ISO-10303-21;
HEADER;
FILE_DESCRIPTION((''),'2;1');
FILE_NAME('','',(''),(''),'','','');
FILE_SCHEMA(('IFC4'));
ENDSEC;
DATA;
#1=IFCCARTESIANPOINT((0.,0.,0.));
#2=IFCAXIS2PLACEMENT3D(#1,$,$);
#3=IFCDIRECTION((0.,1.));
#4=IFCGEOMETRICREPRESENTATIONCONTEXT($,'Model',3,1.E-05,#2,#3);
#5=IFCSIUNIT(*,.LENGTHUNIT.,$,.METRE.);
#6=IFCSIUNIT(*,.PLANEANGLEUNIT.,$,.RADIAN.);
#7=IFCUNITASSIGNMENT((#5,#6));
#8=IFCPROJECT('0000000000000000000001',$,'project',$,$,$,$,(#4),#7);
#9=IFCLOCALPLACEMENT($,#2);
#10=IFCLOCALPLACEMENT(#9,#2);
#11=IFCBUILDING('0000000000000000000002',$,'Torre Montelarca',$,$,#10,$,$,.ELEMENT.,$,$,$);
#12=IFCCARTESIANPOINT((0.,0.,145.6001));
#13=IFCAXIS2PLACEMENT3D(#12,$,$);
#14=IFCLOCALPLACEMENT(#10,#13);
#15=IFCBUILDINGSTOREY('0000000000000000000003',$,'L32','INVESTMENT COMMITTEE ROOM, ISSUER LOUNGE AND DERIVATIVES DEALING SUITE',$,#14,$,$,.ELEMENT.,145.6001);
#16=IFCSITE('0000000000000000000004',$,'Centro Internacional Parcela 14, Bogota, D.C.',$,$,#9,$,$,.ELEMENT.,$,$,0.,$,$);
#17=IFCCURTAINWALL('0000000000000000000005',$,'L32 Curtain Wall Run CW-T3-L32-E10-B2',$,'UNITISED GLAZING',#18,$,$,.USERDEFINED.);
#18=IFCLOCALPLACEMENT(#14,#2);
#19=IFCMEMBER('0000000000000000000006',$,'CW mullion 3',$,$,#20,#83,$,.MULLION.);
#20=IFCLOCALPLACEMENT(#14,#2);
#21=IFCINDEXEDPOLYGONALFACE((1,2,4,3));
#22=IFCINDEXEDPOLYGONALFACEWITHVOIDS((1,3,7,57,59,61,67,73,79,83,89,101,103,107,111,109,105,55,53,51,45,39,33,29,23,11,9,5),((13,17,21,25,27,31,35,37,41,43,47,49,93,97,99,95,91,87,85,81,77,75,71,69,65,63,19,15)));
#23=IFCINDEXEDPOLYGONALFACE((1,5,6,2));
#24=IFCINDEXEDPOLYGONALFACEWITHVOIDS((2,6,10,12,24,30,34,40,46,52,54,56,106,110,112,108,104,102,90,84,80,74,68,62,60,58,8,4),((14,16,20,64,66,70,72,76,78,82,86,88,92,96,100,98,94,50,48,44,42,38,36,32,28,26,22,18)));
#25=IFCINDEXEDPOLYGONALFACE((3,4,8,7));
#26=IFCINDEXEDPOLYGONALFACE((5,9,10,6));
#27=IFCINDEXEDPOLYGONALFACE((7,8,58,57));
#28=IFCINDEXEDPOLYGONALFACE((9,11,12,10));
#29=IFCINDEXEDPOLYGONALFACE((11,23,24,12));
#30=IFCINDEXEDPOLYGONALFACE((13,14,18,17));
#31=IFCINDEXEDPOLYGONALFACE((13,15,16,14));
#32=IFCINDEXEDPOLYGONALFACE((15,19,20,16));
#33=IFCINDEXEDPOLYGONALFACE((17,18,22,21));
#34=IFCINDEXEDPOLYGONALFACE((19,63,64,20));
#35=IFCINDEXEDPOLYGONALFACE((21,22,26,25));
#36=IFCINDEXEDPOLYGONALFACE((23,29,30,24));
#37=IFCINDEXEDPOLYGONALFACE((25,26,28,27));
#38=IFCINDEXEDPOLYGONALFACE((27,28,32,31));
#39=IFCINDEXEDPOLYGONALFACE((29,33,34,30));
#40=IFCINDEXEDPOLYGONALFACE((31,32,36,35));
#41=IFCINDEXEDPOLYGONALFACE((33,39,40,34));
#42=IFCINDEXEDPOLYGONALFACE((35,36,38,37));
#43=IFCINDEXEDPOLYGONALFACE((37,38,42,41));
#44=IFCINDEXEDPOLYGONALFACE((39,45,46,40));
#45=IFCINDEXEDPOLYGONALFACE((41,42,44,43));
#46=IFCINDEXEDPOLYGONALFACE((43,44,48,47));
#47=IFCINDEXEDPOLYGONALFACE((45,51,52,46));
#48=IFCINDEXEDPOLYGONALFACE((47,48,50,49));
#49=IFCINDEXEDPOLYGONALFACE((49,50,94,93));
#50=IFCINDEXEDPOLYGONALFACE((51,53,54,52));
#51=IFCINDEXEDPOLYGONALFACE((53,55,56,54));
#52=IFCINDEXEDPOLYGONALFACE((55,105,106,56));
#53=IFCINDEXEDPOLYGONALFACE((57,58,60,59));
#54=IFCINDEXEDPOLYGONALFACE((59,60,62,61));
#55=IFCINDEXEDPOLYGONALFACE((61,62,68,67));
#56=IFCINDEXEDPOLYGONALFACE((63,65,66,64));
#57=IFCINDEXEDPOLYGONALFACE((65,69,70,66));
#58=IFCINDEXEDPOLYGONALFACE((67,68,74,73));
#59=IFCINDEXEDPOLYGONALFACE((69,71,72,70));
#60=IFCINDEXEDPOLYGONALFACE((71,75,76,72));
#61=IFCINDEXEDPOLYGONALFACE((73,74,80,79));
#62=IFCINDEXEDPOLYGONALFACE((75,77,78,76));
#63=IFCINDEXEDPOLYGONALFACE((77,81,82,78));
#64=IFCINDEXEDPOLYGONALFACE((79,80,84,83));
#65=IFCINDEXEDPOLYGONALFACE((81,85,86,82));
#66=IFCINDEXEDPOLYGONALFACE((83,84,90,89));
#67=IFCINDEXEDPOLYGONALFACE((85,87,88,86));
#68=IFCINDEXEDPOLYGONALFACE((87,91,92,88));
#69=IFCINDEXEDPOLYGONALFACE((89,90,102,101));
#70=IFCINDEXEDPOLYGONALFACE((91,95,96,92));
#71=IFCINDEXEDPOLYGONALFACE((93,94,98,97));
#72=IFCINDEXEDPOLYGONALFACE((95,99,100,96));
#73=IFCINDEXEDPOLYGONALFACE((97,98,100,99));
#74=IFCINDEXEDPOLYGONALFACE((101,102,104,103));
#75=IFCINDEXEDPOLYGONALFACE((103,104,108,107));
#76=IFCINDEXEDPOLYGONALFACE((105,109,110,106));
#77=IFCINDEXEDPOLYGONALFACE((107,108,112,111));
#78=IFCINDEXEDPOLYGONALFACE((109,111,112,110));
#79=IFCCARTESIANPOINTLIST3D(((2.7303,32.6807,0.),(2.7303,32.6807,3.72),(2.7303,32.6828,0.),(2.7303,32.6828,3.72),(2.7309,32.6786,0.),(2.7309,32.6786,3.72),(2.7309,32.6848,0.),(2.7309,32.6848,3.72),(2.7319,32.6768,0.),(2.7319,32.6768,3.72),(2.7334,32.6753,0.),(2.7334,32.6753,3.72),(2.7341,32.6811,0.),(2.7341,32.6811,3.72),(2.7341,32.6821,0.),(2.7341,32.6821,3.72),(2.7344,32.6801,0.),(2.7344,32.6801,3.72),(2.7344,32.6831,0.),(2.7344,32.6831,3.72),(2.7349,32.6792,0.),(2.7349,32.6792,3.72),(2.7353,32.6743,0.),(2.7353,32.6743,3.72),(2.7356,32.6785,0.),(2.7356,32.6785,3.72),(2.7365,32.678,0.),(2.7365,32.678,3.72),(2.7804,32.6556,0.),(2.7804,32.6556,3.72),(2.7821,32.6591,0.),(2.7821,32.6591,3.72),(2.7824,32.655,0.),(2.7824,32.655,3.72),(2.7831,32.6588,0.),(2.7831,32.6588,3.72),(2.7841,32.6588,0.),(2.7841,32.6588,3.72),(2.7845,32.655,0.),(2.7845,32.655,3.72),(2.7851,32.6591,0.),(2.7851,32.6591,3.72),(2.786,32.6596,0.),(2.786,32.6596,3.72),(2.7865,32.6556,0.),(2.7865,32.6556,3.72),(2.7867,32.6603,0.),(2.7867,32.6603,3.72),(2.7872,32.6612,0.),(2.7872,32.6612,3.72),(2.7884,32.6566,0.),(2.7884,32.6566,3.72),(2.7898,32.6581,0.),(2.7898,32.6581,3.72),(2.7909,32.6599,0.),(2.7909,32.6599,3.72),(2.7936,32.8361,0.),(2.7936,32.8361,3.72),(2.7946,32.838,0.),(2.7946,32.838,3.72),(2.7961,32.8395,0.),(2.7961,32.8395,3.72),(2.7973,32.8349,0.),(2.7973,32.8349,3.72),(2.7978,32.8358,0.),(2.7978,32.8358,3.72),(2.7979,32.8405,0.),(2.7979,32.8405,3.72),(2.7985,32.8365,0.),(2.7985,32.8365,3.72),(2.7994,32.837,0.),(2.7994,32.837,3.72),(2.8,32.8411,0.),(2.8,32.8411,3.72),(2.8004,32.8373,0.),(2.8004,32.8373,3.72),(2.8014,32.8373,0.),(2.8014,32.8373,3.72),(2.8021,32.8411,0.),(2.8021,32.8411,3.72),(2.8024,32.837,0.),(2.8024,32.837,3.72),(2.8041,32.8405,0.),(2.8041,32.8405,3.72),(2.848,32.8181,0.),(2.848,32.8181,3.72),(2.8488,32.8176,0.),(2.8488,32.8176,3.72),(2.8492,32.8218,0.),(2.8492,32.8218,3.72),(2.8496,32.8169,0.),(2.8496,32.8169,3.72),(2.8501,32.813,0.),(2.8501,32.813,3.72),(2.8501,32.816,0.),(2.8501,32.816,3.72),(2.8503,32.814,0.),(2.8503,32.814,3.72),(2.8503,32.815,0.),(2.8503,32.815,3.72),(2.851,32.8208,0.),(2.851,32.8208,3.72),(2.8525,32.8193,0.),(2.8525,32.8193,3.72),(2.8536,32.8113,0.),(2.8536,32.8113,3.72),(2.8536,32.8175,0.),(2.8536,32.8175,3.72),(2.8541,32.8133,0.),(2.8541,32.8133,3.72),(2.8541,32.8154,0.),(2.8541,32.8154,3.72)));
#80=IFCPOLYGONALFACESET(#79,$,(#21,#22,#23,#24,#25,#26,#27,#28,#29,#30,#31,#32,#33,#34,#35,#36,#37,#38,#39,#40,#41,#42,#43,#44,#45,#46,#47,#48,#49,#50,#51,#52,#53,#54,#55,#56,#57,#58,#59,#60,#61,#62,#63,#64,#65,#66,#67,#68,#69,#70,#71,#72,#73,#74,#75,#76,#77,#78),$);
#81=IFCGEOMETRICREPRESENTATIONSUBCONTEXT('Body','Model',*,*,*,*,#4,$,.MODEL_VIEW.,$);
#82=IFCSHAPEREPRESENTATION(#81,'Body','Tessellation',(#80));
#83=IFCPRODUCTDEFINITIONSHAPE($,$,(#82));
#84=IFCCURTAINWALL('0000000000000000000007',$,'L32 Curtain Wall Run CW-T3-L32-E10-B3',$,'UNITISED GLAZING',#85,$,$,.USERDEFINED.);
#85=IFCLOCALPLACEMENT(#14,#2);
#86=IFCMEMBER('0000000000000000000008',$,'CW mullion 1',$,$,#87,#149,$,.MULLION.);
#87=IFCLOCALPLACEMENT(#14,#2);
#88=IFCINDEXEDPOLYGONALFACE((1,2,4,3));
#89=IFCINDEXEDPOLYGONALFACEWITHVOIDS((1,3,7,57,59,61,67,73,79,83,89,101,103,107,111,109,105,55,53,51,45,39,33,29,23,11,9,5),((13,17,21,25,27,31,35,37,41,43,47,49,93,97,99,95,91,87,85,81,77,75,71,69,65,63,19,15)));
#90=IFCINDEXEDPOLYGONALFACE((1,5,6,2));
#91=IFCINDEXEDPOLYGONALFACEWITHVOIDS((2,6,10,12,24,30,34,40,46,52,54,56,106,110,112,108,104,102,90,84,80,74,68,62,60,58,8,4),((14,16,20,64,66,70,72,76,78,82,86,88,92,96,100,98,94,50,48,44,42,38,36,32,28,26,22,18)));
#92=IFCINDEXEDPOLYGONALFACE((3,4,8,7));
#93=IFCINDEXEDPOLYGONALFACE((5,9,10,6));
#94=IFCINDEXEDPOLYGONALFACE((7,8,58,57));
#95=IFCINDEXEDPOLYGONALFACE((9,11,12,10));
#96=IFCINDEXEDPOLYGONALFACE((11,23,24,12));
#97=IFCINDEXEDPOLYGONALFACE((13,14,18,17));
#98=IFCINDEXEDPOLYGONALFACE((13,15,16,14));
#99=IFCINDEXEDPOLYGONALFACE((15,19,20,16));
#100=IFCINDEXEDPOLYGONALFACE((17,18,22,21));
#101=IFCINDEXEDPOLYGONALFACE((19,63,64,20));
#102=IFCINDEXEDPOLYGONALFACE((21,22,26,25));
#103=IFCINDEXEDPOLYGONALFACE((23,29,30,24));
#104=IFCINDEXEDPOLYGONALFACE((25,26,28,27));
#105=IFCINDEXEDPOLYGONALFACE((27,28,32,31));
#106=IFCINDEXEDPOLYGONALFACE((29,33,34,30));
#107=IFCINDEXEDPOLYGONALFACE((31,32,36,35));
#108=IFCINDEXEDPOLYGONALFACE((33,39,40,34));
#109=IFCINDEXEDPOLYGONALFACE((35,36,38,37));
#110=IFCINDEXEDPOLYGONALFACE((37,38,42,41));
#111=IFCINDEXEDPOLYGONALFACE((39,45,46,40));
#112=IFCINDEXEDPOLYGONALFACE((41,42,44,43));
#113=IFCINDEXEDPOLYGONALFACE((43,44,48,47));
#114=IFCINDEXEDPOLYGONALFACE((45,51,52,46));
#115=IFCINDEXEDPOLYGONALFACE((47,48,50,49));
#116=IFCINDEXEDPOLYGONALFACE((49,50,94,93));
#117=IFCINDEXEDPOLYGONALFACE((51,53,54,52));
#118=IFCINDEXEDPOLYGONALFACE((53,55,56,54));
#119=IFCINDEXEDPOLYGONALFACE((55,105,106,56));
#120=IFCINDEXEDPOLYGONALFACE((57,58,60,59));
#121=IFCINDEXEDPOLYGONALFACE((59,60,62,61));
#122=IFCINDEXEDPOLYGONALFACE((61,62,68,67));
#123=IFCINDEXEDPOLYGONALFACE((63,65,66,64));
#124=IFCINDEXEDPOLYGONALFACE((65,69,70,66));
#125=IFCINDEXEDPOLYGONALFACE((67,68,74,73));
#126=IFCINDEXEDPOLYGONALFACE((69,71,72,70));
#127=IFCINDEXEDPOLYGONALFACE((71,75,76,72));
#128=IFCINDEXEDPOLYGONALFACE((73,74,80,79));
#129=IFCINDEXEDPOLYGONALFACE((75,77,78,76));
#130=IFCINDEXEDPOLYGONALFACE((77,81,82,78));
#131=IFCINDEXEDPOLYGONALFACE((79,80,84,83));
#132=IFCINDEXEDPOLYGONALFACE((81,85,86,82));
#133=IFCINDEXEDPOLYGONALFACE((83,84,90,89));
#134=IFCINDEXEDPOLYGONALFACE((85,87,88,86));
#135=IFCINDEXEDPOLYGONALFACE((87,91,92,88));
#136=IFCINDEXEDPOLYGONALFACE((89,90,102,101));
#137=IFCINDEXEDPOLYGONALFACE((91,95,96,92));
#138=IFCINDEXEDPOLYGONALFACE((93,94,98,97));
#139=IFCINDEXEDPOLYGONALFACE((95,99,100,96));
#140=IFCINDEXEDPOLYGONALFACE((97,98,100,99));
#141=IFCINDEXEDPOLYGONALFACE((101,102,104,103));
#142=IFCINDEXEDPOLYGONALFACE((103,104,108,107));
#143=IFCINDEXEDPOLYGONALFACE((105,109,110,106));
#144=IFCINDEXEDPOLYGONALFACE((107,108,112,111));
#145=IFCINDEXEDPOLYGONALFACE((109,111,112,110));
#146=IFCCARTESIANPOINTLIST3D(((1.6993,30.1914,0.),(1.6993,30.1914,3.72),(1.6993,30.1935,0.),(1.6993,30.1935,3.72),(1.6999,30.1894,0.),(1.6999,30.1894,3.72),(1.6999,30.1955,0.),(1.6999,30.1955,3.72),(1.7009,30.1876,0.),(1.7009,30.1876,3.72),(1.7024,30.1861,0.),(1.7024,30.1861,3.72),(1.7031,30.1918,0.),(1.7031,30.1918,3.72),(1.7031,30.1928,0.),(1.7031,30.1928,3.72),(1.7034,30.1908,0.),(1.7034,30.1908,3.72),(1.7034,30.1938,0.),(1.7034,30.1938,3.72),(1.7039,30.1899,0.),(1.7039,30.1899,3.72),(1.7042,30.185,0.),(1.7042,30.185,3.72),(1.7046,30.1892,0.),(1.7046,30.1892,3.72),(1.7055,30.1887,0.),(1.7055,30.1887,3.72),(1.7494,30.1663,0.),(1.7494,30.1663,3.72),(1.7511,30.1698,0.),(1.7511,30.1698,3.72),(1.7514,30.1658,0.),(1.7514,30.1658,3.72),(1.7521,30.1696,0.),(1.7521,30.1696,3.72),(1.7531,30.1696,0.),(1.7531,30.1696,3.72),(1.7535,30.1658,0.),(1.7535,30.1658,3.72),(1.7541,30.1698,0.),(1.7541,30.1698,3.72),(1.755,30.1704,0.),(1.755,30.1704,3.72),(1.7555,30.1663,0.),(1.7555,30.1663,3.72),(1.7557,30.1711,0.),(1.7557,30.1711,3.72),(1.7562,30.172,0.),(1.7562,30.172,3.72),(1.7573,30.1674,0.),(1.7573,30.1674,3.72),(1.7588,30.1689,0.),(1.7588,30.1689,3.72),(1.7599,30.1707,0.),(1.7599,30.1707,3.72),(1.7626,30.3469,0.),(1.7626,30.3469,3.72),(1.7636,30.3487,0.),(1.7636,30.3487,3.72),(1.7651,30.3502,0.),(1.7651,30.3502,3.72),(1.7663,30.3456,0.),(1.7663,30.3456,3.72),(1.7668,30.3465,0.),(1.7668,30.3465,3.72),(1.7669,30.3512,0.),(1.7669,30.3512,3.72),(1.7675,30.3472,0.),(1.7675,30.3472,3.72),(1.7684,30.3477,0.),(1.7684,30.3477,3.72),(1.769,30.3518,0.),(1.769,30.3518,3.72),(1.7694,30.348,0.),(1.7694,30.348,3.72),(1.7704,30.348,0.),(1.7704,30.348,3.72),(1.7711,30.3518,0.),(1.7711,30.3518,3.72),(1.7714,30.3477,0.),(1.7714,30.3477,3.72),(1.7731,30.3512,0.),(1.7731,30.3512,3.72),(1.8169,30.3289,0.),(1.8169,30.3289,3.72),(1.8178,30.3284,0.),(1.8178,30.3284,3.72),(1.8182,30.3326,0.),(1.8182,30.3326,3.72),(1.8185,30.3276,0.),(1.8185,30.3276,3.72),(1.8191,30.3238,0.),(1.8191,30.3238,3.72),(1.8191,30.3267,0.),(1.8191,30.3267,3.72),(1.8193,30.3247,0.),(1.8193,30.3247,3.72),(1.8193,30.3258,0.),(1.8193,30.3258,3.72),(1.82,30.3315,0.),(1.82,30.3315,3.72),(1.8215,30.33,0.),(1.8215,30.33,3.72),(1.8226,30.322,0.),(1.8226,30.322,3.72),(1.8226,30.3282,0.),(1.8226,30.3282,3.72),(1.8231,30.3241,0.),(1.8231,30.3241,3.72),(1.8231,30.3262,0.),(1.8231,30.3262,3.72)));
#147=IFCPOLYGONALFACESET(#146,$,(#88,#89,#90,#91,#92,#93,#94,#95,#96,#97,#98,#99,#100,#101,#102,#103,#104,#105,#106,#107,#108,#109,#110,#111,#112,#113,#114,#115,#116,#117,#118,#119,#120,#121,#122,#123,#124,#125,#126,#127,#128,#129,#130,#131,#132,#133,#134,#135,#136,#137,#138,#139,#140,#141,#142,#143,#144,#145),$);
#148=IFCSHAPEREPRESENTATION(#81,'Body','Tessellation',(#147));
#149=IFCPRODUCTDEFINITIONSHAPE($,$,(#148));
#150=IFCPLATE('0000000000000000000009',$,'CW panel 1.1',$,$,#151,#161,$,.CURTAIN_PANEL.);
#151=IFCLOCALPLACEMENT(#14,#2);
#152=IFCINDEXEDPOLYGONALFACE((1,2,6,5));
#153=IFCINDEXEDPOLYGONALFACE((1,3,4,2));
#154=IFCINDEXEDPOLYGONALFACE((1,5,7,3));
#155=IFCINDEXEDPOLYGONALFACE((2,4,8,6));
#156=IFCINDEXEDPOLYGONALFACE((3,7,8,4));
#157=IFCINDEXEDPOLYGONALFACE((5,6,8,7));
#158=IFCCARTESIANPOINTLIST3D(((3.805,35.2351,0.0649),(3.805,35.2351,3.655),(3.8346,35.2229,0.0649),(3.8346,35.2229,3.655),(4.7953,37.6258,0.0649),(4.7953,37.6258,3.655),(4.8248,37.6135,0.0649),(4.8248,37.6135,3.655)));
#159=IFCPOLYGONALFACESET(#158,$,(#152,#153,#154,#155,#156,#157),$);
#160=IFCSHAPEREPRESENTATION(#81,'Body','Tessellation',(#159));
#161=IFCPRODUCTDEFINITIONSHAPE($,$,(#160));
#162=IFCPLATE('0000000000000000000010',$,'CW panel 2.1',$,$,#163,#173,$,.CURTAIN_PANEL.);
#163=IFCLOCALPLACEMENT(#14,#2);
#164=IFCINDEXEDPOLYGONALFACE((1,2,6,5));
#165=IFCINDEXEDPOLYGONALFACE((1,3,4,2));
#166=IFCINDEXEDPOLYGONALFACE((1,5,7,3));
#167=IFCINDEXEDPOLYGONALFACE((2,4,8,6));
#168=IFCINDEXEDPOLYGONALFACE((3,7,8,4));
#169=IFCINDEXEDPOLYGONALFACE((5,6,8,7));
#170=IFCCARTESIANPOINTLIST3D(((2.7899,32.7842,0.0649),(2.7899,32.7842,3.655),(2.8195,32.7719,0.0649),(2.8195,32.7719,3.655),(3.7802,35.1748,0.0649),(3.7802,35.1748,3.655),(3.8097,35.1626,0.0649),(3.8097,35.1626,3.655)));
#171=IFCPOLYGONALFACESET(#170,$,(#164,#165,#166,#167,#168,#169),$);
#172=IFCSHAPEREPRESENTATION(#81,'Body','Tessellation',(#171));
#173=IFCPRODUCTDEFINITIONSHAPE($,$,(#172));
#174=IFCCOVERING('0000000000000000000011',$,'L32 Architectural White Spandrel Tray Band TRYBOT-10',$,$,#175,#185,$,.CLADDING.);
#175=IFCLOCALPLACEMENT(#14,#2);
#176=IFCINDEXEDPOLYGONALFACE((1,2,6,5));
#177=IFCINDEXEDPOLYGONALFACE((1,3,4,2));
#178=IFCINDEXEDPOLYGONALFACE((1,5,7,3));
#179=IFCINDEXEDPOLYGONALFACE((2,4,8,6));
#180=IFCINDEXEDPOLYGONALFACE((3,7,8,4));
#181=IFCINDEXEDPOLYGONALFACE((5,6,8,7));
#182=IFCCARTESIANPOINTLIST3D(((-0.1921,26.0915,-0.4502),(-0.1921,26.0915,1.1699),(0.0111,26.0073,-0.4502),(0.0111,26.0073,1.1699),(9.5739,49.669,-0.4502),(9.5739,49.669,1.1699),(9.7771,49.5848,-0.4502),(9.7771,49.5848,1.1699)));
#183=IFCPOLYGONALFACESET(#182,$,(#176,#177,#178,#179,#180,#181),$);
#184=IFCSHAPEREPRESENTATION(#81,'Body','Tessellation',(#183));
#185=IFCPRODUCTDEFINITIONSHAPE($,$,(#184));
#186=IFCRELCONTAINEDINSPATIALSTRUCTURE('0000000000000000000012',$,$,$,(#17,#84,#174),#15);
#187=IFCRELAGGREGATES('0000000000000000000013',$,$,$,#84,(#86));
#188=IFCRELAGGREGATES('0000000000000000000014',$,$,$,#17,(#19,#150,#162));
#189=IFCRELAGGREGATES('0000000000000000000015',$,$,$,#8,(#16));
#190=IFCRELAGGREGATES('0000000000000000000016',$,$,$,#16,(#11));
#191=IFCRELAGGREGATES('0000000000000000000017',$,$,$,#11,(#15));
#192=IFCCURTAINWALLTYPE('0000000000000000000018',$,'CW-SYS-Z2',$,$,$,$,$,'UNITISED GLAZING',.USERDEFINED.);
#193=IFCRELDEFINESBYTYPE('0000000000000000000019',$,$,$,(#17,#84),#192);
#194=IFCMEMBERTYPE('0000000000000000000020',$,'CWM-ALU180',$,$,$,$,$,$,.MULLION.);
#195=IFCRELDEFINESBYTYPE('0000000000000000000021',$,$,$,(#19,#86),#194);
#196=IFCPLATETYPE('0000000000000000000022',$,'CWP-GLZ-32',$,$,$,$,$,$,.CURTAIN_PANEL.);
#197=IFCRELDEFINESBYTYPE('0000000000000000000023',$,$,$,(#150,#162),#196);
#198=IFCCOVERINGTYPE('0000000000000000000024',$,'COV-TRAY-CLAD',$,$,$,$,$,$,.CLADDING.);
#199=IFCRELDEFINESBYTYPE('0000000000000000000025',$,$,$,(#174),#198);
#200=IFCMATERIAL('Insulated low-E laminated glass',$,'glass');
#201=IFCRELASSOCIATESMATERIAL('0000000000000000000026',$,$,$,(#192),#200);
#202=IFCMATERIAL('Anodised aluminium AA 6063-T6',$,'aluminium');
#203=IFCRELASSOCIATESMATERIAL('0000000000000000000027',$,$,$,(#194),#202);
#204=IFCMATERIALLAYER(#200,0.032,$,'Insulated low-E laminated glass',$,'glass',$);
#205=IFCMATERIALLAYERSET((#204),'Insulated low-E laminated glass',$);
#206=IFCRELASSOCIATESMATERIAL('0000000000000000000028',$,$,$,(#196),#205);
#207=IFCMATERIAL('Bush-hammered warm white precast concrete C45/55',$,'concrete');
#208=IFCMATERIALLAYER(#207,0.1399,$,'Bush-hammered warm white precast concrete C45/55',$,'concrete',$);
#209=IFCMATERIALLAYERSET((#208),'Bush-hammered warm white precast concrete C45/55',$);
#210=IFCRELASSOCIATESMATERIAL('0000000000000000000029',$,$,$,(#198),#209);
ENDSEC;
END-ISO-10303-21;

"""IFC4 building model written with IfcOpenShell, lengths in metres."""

from ifc_helpers import new_model, si_unit, direction, frame, origin, origin_2d, place, context, subcontext, project, spatial, rectangle, hollow_rectangle, extrude, source, transform, mapped, material, layer, layer_set, material_profile, profile_set, type_object, element, aggregate, save


model = new_model("IFC4")

# Units and contexts
model_context = context("Model", 3, precision=1e-05, world=origin(), true_north=direction((0.0, 1.0)))
body_context = subcontext(model_context, "Body", "Model", "MODEL_VIEW")
ifc_project = project(units=[si_unit("LENGTHUNIT", "METRE"), si_unit("PLANEANGLEUNIT", "RADIAN")], contexts=[model_context])

# Site, building, storey
site_placement = place(None, origin())
site = spatial("IfcSite", under=ifc_project, at=site_placement, Name="Centro Internacional Parcela 14, Bogota, D.C.", CompositionType="ELEMENT", RefElevation=0.0)
building_placement = place(site_placement, origin())
building = spatial("IfcBuilding", under=site, at=building_placement, Name="Torre Montelarca", CompositionType="ELEMENT")
storey_placement = place(building_placement, frame((0.0, 0.0, 145.6001)))
storey = spatial("IfcBuildingStorey", under=building, at=storey_placement, Name="L32", Description="INVESTMENT COMMITTEE ROOM, ISSUER LOUNGE AND DERIVATIVES DEALING SUITE", CompositionType="ELEMENT", Elevation=145.6001)

# Curtain wall, member
ifc_material_1 = material(Name="Insulated low-E laminated glass", Category="glass")
curtain_wall_type = type_object("IfcCurtainWallType", Name="CW-SYS-Z2", ElementType="UNITISED GLAZING", PredefinedType="USERDEFINED", material=ifc_material_1)
curtain_wall_1_placement = place(storey_placement, origin())
curtain_wall_1 = element("IfcCurtainWall", 1, at=curtain_wall_1_placement, inside=storey, type_object=curtain_wall_type, Name="L32 Curtain Wall Run CW-T3-L32-E10-B2", ObjectType="UNITISED GLAZING", PredefinedType="USERDEFINED")
ifc_material_2 = material(Name="Anodised aluminium AA 6063-T6", Category="aluminium")
ifc_material_profile_1 = material_profile(ifc_material_2, hollow_rectangle(XDim=0.0649, YDim=0.1799, WallThickness=0.0039, InnerFilletRadius=0.0039, OuterFilletRadius=0.0081, at=origin_2d()), Name="ALU65X180X4", Category="aluminium")
ifc_profile_set_1 = profile_set([ifc_material_profile_1], Name="Anodised aluminium AA 6063-T6")
member_type_1 = type_object("IfcMemberType", Name="CWM-ALU180", PredefinedType="MULLION", material=ifc_profile_set_1)
shared_shape_1 = source(origin(), body_context, "Body", "SweptSolid", [
    extrude(hollow_rectangle(XDim=0.0649, YDim=0.1799, WallThickness=0.0039, InnerFilletRadius=0.0039, OuterFilletRadius=0.0081, at=origin_2d()), origin(), (0.0, 0.0, 1.0), 3.72),
])
member_1_placement = place(storey_placement, frame((2.7922, 32.748, 0.0), z_axis=(0.0, 0.0, 1.0), x_axis=(0.92388, -0.382683, 0.0)))
member_1 = element("IfcMember", 2, at=member_1_placement, type_object=member_type_1, Name="CW mullion 3", PredefinedType="MULLION", context=body_context, shape_type="MappedRepresentation", body=[
    mapped(shared_shape_1, transform((0.0, 0.0, 0.0), scale=1.0)),
])

# Curtain wall, member
curtain_wall_2_placement = place(storey_placement, origin())
curtain_wall_2 = element("IfcCurtainWall", 3, at=curtain_wall_2_placement, inside=storey, type_object=curtain_wall_type, Name="L32 Curtain Wall Run CW-T3-L32-E10-B3", ObjectType="UNITISED GLAZING", PredefinedType="USERDEFINED")
member_2_placement = place(storey_placement, frame((1.7612, 30.2588, 0.0), z_axis=(0.0, 0.0, 1.0), x_axis=(0.923879, -0.382685, 0.0)))
member_2 = element("IfcMember", 4, at=member_2_placement, type_object=member_type_1, Name="CW mullion 1", PredefinedType="MULLION", context=body_context, shape_type="MappedRepresentation", body=[
    mapped(shared_shape_1, transform((0.0, 0.0, 0.0), scale=1.0)),
])
aggregate(curtain_wall_2, [member_2])

# Plates
ifc_layer_1 = layer(ifc_material_1, 0.032, Name="Insulated low-E laminated glass", Category="glass")
ifc_layer_set_1 = layer_set([ifc_layer_1], Name="Insulated low-E laminated glass")
plate_type = type_object("IfcPlateType", Name="CWP-GLZ-32", PredefinedType="CURTAIN_PANEL", material=ifc_layer_set_1)
shared_shape_2 = source(origin(), body_context, "Body", "SweptSolid", [
    extrude(rectangle(XDim=2.5876, YDim=0.032, at=origin_2d()), origin(), (0.0, 0.0, 1.0), 3.5901),
])
plate_1_placement = place(storey_placement, frame((4.3149, 36.4243, 0.0649), z_axis=(0.0, 0.0, 1.0), x_axis=(-0.382683, -0.92388, 0.0)))
plate_1 = element("IfcPlate", 5, at=plate_1_placement, type_object=plate_type, Name="CW panel 1.1", PredefinedType="CURTAIN_PANEL", context=body_context, shape_type="MappedRepresentation", body=[
    mapped(shared_shape_2, transform((0.0, 0.0, 0.0), scale=1.0)),
])
plate_2_placement = place(storey_placement, frame((3.2998, 33.9734, 0.0649), z_axis=(0.0, 0.0, 1.0), x_axis=(-0.382683, -0.92388, 0.0)))
plate_2 = element("IfcPlate", 6, at=plate_2_placement, type_object=plate_type, Name="CW panel 2.1", PredefinedType="CURTAIN_PANEL", context=body_context, shape_type="MappedRepresentation", body=[
    mapped(shared_shape_2, transform((0.0, 0.0, 0.0), scale=1.0)),
])
aggregate(curtain_wall_1, [member_1, plate_1, plate_2])

# Covering
ifc_material_3 = material(Name="Bush-hammered warm white precast concrete C45/55", Category="concrete")
ifc_layer_2 = layer(ifc_material_3, 0.1399, Name="Bush-hammered warm white precast concrete C45/55", Category="concrete")
ifc_layer_set_2 = layer_set([ifc_layer_2], Name="Bush-hammered warm white precast concrete C45/55")
covering_type = type_object("IfcCoveringType", Name="COV-TRAY-CLAD", PredefinedType="CLADDING", material=ifc_layer_set_2)
shared_shape_3 = source(origin(), body_context, "Body", "SweptSolid", [
    extrude(rectangle(XDim=25.52, YDim=0.22, at=origin_2d()), origin(), (0.0, 0.0, 1.0), 1.6201),
])
covering_1_placement = place(storey_placement, frame((4.7925, 37.8381, -0.4502), z_axis=(0.0, 0.0, 1.0), x_axis=(-0.38268, -0.923881, 0.0)))
element("IfcCovering", 7, at=covering_1_placement, inside=storey, type_object=covering_type, Name="L32 Architectural White Spandrel Tray Band TRYBOT-10", PredefinedType="CLADDING", context=body_context, shape_type="MappedRepresentation", body=[
    mapped(shared_shape_3, transform((0.0, 0.0, 0.0), scale=1.0)),
])

save(model, "model.ifc")
